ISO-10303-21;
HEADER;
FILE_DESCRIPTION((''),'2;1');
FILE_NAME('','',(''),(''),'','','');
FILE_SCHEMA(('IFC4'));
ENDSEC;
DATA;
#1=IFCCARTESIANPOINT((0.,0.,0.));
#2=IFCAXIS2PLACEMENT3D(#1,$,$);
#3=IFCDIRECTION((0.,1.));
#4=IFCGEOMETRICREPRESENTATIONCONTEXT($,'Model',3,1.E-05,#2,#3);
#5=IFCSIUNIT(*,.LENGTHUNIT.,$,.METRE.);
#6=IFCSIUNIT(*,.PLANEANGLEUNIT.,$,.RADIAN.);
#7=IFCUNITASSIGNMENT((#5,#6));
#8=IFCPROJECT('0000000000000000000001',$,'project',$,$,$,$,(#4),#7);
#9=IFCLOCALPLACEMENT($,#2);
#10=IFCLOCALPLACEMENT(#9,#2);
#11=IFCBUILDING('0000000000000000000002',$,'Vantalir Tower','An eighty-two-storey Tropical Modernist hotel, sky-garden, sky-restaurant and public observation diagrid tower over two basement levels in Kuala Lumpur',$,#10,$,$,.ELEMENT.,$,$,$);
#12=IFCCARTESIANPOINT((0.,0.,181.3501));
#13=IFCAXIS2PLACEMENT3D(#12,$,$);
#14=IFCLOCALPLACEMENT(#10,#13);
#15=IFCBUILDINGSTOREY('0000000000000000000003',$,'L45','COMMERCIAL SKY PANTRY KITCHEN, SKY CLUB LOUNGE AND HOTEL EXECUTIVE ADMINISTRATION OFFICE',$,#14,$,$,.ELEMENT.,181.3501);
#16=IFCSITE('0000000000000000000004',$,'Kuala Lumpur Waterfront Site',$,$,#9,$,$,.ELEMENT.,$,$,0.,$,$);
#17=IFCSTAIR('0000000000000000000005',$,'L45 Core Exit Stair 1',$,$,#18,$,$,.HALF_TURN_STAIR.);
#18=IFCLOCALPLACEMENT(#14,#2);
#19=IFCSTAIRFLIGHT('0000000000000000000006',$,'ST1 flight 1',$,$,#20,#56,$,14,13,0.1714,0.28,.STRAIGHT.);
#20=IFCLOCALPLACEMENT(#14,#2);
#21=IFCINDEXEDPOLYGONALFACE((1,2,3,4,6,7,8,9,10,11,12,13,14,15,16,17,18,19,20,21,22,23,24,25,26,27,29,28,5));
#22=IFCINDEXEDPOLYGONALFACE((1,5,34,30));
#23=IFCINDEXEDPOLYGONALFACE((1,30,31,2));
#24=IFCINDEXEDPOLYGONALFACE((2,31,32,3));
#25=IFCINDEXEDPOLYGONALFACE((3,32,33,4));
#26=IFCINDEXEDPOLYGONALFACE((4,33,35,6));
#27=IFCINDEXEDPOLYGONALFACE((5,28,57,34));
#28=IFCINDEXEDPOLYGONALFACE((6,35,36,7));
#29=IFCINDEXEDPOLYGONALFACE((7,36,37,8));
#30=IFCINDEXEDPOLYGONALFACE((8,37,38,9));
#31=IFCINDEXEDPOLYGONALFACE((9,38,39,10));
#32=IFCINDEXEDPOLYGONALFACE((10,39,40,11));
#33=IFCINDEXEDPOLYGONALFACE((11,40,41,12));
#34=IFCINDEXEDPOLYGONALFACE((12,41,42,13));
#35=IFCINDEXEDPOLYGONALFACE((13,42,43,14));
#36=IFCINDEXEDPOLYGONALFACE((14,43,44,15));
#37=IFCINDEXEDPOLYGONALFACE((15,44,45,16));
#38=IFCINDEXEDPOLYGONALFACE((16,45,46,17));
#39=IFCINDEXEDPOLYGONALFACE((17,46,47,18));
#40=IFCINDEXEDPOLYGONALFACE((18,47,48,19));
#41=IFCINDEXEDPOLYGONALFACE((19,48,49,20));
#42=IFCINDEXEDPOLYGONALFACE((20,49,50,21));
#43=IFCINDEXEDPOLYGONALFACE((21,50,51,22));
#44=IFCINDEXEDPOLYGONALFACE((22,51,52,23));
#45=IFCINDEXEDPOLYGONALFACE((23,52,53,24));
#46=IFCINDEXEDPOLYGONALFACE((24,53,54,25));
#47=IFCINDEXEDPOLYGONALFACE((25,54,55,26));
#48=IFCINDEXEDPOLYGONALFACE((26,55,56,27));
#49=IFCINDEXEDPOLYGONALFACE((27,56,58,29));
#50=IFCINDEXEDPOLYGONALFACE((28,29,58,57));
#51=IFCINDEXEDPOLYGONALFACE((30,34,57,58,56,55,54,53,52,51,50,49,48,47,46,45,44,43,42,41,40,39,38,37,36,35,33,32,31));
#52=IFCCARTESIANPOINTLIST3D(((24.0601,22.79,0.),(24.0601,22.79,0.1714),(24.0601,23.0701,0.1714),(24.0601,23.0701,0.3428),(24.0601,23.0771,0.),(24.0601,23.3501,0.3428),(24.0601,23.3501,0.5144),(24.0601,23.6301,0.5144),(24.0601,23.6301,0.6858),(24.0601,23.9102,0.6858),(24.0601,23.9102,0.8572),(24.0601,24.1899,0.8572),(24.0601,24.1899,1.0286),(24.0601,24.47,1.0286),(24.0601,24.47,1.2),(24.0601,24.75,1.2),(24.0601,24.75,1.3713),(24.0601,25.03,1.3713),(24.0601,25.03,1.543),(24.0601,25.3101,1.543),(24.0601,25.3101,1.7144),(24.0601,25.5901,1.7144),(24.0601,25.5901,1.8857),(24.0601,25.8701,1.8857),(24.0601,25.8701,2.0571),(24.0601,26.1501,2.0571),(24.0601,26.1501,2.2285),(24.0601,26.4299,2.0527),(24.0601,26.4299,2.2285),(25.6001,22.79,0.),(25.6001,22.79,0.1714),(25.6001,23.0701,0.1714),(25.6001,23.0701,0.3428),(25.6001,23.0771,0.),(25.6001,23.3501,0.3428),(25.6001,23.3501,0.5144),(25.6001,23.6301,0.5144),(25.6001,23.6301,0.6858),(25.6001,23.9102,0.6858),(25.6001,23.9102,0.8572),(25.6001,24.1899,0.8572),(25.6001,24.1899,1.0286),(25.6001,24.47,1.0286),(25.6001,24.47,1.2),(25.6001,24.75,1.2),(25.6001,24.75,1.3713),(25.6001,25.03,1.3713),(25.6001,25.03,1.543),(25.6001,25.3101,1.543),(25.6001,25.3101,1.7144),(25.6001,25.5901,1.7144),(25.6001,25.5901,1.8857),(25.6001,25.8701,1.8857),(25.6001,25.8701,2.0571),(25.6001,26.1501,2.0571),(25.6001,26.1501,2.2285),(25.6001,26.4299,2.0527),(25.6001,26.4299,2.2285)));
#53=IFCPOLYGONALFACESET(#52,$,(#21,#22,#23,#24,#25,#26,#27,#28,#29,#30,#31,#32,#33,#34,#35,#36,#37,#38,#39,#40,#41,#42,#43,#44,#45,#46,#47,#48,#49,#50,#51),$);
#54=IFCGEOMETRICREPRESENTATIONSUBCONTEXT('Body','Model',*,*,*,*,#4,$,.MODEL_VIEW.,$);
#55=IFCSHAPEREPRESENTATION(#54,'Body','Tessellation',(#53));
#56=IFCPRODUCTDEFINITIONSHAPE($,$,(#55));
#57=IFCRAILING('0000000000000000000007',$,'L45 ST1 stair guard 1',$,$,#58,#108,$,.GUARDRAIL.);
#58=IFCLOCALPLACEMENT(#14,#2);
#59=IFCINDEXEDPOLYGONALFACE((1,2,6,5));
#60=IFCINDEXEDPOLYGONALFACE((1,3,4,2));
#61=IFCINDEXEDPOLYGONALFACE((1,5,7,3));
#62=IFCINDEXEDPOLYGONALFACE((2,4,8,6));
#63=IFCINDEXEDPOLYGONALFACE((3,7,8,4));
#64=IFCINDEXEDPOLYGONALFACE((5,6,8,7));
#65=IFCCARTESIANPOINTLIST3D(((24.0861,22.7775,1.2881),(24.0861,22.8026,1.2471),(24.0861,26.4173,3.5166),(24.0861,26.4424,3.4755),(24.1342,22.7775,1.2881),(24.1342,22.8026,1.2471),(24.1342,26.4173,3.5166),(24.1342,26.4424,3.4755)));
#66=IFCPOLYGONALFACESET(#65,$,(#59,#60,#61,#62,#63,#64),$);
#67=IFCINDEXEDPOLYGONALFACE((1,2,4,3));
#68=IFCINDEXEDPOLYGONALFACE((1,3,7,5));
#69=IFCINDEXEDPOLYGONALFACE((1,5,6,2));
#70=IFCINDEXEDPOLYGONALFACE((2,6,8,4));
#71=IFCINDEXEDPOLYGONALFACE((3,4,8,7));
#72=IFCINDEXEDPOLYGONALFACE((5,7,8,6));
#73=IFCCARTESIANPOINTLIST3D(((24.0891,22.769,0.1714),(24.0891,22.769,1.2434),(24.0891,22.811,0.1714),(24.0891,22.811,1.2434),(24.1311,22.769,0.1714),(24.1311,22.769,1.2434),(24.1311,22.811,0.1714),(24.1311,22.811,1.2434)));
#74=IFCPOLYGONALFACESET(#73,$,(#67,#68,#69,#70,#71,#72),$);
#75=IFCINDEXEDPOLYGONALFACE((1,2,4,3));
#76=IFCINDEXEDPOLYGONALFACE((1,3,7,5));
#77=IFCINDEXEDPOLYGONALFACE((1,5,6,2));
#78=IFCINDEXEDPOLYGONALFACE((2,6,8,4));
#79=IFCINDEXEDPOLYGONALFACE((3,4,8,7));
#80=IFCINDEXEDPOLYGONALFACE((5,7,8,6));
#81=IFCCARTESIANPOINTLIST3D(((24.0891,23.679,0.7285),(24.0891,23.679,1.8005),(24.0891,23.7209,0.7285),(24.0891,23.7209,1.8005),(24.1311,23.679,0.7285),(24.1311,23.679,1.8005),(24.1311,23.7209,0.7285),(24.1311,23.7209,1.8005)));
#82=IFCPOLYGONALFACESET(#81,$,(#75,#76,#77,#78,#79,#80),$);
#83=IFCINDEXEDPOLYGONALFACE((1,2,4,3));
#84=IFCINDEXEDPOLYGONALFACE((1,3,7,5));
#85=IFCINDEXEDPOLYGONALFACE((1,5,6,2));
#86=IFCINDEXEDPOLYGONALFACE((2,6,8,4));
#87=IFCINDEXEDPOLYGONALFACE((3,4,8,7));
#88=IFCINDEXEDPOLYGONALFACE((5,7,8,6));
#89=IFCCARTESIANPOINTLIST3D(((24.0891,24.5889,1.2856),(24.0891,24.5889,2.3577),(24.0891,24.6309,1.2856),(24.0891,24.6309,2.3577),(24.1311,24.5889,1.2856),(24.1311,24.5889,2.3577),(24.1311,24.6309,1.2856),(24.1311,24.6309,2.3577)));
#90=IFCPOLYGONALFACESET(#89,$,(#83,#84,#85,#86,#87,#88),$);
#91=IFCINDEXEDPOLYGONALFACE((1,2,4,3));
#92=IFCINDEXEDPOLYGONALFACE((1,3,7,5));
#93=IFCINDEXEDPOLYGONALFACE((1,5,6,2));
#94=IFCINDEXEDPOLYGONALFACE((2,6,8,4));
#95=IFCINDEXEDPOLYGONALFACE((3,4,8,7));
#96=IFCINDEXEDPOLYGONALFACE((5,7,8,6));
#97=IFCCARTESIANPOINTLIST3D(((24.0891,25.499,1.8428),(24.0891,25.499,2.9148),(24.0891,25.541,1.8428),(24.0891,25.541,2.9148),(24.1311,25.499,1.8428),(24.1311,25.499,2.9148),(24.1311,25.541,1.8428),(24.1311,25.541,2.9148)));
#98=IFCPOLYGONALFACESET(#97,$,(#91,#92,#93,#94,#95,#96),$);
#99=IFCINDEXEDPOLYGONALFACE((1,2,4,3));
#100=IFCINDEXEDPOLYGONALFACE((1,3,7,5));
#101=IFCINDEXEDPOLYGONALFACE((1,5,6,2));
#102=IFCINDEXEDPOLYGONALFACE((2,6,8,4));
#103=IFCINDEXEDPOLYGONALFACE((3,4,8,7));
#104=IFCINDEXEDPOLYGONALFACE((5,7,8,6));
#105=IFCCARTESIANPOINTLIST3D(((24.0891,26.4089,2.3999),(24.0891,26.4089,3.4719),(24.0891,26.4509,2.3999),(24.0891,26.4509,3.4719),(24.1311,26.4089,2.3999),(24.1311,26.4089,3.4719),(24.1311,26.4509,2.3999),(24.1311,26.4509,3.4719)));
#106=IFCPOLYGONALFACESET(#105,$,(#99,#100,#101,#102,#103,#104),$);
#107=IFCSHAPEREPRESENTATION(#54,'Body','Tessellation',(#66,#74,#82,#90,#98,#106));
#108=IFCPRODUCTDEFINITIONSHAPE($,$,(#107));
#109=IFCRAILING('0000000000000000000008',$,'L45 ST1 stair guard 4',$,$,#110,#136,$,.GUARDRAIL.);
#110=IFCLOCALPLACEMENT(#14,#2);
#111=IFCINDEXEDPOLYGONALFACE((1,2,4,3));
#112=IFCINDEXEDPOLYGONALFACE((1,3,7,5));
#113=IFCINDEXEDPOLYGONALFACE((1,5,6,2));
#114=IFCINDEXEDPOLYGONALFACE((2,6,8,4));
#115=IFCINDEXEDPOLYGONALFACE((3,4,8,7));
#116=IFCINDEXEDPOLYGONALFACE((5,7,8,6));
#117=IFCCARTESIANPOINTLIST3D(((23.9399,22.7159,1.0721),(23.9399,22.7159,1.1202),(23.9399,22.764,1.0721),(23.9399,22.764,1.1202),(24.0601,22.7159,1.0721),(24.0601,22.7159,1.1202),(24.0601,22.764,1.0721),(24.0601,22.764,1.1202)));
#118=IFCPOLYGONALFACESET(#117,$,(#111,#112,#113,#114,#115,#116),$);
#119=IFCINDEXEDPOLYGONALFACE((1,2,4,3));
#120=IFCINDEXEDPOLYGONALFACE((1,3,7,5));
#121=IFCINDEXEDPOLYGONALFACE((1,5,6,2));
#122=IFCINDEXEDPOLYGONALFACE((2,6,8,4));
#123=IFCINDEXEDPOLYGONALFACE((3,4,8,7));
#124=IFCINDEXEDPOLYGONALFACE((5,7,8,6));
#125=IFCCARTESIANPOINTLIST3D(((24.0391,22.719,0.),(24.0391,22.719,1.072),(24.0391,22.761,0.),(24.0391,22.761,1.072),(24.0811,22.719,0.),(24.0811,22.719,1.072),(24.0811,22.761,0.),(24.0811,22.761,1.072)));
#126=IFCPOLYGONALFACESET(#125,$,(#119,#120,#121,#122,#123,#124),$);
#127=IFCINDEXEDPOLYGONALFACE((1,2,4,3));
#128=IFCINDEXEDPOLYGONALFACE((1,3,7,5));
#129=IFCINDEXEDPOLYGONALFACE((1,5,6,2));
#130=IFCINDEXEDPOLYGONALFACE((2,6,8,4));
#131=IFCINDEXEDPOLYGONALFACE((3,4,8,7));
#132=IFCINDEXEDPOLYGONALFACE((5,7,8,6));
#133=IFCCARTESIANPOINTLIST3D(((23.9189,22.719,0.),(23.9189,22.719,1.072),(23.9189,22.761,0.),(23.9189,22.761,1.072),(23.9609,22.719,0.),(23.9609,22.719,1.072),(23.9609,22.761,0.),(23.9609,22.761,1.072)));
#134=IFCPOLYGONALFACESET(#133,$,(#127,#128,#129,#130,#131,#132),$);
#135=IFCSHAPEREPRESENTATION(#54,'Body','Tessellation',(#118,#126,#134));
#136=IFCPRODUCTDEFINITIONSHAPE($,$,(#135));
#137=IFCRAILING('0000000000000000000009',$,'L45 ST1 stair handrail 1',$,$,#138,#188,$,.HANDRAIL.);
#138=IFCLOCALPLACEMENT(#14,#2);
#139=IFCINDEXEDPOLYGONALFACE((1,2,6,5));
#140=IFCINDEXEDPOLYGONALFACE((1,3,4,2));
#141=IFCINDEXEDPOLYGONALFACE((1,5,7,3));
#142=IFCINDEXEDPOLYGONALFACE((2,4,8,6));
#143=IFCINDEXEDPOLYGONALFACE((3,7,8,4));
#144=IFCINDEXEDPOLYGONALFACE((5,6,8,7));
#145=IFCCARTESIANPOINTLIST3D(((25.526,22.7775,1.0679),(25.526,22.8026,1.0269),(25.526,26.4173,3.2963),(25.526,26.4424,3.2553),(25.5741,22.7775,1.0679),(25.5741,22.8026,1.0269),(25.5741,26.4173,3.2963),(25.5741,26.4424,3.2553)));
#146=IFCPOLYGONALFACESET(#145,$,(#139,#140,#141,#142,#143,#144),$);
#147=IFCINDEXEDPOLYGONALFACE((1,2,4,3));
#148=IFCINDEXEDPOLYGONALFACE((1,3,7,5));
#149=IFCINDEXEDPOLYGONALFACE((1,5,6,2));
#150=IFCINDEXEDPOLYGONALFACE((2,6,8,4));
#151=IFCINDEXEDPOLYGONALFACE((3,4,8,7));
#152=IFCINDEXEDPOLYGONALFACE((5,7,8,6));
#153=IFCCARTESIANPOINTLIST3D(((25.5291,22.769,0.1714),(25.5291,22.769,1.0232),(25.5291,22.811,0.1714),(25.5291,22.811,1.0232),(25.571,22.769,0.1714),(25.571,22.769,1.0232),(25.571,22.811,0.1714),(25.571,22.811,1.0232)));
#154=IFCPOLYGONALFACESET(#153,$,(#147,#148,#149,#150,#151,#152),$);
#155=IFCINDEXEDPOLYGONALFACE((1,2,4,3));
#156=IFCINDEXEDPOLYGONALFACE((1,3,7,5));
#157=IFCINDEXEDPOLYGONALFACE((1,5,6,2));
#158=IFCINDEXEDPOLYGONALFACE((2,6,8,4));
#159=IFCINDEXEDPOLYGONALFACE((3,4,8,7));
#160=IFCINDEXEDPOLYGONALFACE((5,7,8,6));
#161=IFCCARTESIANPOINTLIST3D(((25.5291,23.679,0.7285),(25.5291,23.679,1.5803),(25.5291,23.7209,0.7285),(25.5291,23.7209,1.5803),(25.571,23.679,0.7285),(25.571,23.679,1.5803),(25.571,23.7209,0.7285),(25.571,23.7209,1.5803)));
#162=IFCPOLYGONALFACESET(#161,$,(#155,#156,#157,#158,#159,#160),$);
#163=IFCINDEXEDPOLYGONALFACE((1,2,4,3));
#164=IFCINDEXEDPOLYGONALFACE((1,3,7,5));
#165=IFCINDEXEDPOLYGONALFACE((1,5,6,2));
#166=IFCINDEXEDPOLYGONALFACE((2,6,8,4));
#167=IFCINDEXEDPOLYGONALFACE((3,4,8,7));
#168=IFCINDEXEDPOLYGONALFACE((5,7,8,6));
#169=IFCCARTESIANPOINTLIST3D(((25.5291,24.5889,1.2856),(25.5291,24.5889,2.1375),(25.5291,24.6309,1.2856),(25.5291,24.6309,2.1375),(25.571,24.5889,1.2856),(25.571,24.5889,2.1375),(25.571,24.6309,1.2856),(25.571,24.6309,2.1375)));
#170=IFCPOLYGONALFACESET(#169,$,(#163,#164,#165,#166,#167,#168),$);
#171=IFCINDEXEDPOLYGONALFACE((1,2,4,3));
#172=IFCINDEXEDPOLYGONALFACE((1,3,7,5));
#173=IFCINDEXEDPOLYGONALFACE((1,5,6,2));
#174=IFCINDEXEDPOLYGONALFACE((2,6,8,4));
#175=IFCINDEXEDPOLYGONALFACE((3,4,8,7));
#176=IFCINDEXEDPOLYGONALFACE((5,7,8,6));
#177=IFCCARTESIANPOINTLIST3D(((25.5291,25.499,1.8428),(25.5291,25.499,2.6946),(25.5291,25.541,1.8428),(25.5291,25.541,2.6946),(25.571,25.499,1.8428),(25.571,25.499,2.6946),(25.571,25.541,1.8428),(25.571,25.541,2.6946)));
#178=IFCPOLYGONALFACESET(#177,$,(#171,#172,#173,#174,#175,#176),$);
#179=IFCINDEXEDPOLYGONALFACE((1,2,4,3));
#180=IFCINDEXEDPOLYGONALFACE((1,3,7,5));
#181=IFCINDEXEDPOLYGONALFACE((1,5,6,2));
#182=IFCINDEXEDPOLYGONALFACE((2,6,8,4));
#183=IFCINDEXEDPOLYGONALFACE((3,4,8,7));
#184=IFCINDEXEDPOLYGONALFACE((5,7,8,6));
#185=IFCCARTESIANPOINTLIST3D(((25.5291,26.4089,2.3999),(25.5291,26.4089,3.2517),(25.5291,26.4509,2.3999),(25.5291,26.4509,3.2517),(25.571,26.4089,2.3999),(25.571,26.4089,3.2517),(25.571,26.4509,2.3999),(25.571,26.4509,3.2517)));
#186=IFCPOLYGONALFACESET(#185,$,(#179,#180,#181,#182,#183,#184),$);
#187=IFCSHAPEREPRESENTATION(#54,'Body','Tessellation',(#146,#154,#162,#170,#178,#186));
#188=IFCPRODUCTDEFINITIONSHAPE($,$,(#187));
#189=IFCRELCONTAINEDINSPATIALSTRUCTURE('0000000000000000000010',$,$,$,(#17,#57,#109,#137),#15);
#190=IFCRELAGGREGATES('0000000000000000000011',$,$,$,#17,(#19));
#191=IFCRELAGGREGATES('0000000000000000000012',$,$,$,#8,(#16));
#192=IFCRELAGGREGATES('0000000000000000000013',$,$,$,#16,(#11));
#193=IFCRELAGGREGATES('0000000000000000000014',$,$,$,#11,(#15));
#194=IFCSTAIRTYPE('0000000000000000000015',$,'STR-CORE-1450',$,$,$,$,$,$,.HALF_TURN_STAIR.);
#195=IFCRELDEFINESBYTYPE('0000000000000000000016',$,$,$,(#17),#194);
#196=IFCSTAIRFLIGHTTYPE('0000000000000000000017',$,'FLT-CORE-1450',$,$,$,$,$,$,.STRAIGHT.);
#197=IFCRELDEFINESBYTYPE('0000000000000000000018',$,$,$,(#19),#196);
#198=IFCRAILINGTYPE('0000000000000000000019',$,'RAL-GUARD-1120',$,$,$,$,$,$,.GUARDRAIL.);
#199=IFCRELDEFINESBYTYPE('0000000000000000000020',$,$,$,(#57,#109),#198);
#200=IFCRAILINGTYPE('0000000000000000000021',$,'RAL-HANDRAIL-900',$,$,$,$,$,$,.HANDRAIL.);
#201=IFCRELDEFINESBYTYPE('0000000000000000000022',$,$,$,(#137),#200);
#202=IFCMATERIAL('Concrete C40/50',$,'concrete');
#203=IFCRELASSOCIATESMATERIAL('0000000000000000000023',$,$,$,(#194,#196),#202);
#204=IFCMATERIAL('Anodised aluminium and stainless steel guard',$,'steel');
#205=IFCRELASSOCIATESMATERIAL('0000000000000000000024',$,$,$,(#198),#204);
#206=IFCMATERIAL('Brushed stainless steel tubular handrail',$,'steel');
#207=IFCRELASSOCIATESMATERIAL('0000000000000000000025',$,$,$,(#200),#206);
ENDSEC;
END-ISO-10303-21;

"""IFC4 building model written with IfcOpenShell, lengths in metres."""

from ifc_helpers import new_model, si_unit, direction, frame, origin, origin_2d, place, context, subcontext, project, spatial, polyline, rectangle, outline, extrude, material, type_object, element, aggregate, save


model = new_model("IFC4")

# Units and contexts
model_context = context("Model", 3, precision=1e-05, world=origin(), true_north=direction((0.0, 1.0)))
body_context = subcontext(model_context, "Body", "Model", "MODEL_VIEW")
ifc_project = project(units=[si_unit("LENGTHUNIT", "METRE"), si_unit("PLANEANGLEUNIT", "RADIAN")], contexts=[model_context])

# Site, building, storey
site_placement = place(None, origin())
site = spatial("IfcSite", under=ifc_project, at=site_placement, Name="Kuala Lumpur Waterfront Site", CompositionType="ELEMENT", RefElevation=0.0)
building_placement = place(site_placement, origin())
building = spatial("IfcBuilding", under=site, at=building_placement, Name="Vantalir Tower", Description="An eighty-two-storey Tropical Modernist hotel, sky-garden, sky-restaurant and public observation diagrid tower over two basement levels in Kuala Lumpur", CompositionType="ELEMENT")
storey_placement = place(building_placement, frame((0.0, 0.0, 181.3501)))
storey = spatial("IfcBuildingStorey", under=building, at=storey_placement, Name="L45", Description="COMMERCIAL SKY PANTRY KITCHEN, SKY CLUB LOUNGE AND HOTEL EXECUTIVE ADMINISTRATION OFFICE", CompositionType="ELEMENT", Elevation=181.3501)

# Stair, stair flight
ifc_material_1 = material(Name="Concrete C40/50", Category="concrete")
stair_type = type_object("IfcStairType", Name="STR-CORE-1450", PredefinedType="HALF_TURN_STAIR", material=ifc_material_1)
stair_placement = place(storey_placement, origin())
stair = element("IfcStair", 1, at=stair_placement, inside=storey, type_object=stair_type, Name="L45 Core Exit Stair 1", PredefinedType="HALF_TURN_STAIR")
stair_flight_type = type_object("IfcStairFlightType", Name="FLT-CORE-1450", PredefinedType="STRAIGHT", material=ifc_material_1)
stair_flight_placement = place(storey_placement, frame((24.8301, 22.79, 0.0), z_axis=(0.0, 0.0, 1.0), x_axis=(0.0, 1.0, 0.0)))
stair_flight = element("IfcStairFlight", 2, at=stair_flight_placement, type_object=stair_flight_type, Name="ST1 flight 1", NumberOfRisers=14, NumberOfTreads=13, PredefinedType="STRAIGHT", RiserHeight=0.1714, TreadLength=0.28, context=body_context, shape_type="SweptSolid", body=[
    extrude(outline(polyline([(0.0, 0.0), (0.0, 0.1714), (0.28, 0.1714), (0.28, 0.3428), (0.5601, 0.3428), (0.5601, 0.5144), (0.8401, 0.5144), (0.8401, 0.6858), (1.1201, 0.6858), (1.1201, 0.8572), (1.3999, 0.8572), (1.3999, 1.0286), (1.6799, 1.0286), (1.6799, 1.2), (1.96, 1.2), (1.96, 1.3713), (2.24, 1.3713), (2.24, 1.543), (2.52, 1.543), (2.52, 1.7144), (2.8, 1.7144), (2.8, 1.8857), (3.0801, 1.8857), (3.0801, 2.0571), (3.3601, 2.0571), (3.3601, 2.2285), (3.6399, 2.2285), (3.6399, 2.3999), (3.6399, 2.0527), (0.2871, 0.0), (0.0, 0.0)])), frame((0.0, 0.77, 0.0), z_axis=(0.0, -1.0, 0.0), x_axis=(1.0, 0.0, 0.0)), (0.0, 0.0, 1.0), 1.54),
])
aggregate(stair, [stair_flight])

# Railings
ifc_material_2 = material(Name="Anodised aluminium and stainless steel guard", Category="steel")
railing_type_1 = type_object("IfcRailingType", Name="RAL-GUARD-1120", PredefinedType="GUARDRAIL", material=ifc_material_2)
railing_1_placement = place(storey_placement, frame((24.1101, 22.79, 0.1714)))
element("IfcRailing", 3, at=railing_1_placement, inside=storey, type_object=railing_type_1, Name="L45 ST1 stair guard 1", PredefinedType="GUARDRAIL", context=body_context, shape_type="SweptSolid", body=[
    extrude(rectangle(XDim=0.0481, YDim=0.0481, at=origin_2d()), frame((0.0, 0.0, 1.0962), z_axis=(0.0, 0.85285, 0.522156), x_axis=(-1.0, 0.0, 0.0)), (0.0, 0.0, 1.0), 4.2678),
    extrude(rectangle(XDim=0.042, YDim=0.042, at=origin_2d()), origin(), (0.0, 0.0, 1.0), 1.072),
    extrude(rectangle(XDim=0.042, YDim=0.042, at=origin_2d()), frame((0.0, 0.9099, 0.5571)), (0.0, 0.0, 1.0), 1.072),
    extrude(rectangle(XDim=0.042, YDim=0.042, at=origin_2d()), frame((0.0, 1.8198, 1.1143)), (0.0, 0.0, 1.0), 1.072),
    extrude(rectangle(XDim=0.042, YDim=0.042, at=origin_2d()), frame((0.0, 2.73, 1.6714)), (0.0, 0.0, 1.0), 1.072),
    extrude(rectangle(XDim=0.042, YDim=0.042, at=origin_2d()), frame((0.0, 3.6399, 2.2285)), (0.0, 0.0, 1.0), 1.072),
])
railing_2_placement = place(storey_placement, frame((24.0601, 22.74, 0.0)))
element("IfcRailing", 4, at=railing_2_placement, inside=storey, type_object=railing_type_1, Name="L45 ST1 stair guard 4", PredefinedType="GUARDRAIL", context=body_context, shape_type="SweptSolid", body=[
    extrude(rectangle(XDim=0.0481, YDim=0.0481, at=origin_2d()), frame((0.0, 0.0, 1.0962), z_axis=(-1.0, 0.0, 0.0), x_axis=(0.0, -1.0, 0.0)), (0.0, 0.0, 1.0), 0.1201),
    extrude(rectangle(XDim=0.042, YDim=0.042, at=origin_2d()), origin(), (0.0, 0.0, 1.0), 1.072),
    extrude(rectangle(XDim=0.042, YDim=0.042, at=origin_2d()), frame((-0.1201, 0.0, 0.0)), (0.0, 0.0, 1.0), 1.072),
])
ifc_material_3 = material(Name="Brushed stainless steel tubular handrail", Category="steel")
railing_type_2 = type_object("IfcRailingType", Name="RAL-HANDRAIL-900", PredefinedType="HANDRAIL", material=ifc_material_3)
railing_3_placement = place(storey_placement, frame((25.55, 22.79, 0.1714)))
element("IfcRailing", 5, at=railing_3_placement, inside=storey, type_object=railing_type_2, Name="L45 ST1 stair handrail 1", PredefinedType="HANDRAIL", context=body_context, shape_type="SweptSolid", body=[
    extrude(rectangle(XDim=0.0481, YDim=0.0481, at=origin_2d()), frame((0.0, 0.0, 0.876), z_axis=(0.0, 0.85285, 0.522156), x_axis=(-1.0, 0.0, 0.0)), (0.0, 0.0, 1.0), 4.2678),
    extrude(rectangle(XDim=0.042, YDim=0.042, at=origin_2d()), origin(), (0.0, 0.0, 1.0), 0.8518),
    extrude(rectangle(XDim=0.042, YDim=0.042, at=origin_2d()), frame((0.0, 0.9099, 0.5571)), (0.0, 0.0, 1.0), 0.8518),
    extrude(rectangle(XDim=0.042, YDim=0.042, at=origin_2d()), frame((0.0, 1.8198, 1.1143)), (0.0, 0.0, 1.0), 0.8518),
    extrude(rectangle(XDim=0.042, YDim=0.042, at=origin_2d()), frame((0.0, 2.73, 1.6714)), (0.0, 0.0, 1.0), 0.8518),
    extrude(rectangle(XDim=0.042, YDim=0.042, at=origin_2d()), frame((0.0, 3.6399, 2.2285)), (0.0, 0.0, 1.0), 0.8518),
])

save(model, "model.ifc")
